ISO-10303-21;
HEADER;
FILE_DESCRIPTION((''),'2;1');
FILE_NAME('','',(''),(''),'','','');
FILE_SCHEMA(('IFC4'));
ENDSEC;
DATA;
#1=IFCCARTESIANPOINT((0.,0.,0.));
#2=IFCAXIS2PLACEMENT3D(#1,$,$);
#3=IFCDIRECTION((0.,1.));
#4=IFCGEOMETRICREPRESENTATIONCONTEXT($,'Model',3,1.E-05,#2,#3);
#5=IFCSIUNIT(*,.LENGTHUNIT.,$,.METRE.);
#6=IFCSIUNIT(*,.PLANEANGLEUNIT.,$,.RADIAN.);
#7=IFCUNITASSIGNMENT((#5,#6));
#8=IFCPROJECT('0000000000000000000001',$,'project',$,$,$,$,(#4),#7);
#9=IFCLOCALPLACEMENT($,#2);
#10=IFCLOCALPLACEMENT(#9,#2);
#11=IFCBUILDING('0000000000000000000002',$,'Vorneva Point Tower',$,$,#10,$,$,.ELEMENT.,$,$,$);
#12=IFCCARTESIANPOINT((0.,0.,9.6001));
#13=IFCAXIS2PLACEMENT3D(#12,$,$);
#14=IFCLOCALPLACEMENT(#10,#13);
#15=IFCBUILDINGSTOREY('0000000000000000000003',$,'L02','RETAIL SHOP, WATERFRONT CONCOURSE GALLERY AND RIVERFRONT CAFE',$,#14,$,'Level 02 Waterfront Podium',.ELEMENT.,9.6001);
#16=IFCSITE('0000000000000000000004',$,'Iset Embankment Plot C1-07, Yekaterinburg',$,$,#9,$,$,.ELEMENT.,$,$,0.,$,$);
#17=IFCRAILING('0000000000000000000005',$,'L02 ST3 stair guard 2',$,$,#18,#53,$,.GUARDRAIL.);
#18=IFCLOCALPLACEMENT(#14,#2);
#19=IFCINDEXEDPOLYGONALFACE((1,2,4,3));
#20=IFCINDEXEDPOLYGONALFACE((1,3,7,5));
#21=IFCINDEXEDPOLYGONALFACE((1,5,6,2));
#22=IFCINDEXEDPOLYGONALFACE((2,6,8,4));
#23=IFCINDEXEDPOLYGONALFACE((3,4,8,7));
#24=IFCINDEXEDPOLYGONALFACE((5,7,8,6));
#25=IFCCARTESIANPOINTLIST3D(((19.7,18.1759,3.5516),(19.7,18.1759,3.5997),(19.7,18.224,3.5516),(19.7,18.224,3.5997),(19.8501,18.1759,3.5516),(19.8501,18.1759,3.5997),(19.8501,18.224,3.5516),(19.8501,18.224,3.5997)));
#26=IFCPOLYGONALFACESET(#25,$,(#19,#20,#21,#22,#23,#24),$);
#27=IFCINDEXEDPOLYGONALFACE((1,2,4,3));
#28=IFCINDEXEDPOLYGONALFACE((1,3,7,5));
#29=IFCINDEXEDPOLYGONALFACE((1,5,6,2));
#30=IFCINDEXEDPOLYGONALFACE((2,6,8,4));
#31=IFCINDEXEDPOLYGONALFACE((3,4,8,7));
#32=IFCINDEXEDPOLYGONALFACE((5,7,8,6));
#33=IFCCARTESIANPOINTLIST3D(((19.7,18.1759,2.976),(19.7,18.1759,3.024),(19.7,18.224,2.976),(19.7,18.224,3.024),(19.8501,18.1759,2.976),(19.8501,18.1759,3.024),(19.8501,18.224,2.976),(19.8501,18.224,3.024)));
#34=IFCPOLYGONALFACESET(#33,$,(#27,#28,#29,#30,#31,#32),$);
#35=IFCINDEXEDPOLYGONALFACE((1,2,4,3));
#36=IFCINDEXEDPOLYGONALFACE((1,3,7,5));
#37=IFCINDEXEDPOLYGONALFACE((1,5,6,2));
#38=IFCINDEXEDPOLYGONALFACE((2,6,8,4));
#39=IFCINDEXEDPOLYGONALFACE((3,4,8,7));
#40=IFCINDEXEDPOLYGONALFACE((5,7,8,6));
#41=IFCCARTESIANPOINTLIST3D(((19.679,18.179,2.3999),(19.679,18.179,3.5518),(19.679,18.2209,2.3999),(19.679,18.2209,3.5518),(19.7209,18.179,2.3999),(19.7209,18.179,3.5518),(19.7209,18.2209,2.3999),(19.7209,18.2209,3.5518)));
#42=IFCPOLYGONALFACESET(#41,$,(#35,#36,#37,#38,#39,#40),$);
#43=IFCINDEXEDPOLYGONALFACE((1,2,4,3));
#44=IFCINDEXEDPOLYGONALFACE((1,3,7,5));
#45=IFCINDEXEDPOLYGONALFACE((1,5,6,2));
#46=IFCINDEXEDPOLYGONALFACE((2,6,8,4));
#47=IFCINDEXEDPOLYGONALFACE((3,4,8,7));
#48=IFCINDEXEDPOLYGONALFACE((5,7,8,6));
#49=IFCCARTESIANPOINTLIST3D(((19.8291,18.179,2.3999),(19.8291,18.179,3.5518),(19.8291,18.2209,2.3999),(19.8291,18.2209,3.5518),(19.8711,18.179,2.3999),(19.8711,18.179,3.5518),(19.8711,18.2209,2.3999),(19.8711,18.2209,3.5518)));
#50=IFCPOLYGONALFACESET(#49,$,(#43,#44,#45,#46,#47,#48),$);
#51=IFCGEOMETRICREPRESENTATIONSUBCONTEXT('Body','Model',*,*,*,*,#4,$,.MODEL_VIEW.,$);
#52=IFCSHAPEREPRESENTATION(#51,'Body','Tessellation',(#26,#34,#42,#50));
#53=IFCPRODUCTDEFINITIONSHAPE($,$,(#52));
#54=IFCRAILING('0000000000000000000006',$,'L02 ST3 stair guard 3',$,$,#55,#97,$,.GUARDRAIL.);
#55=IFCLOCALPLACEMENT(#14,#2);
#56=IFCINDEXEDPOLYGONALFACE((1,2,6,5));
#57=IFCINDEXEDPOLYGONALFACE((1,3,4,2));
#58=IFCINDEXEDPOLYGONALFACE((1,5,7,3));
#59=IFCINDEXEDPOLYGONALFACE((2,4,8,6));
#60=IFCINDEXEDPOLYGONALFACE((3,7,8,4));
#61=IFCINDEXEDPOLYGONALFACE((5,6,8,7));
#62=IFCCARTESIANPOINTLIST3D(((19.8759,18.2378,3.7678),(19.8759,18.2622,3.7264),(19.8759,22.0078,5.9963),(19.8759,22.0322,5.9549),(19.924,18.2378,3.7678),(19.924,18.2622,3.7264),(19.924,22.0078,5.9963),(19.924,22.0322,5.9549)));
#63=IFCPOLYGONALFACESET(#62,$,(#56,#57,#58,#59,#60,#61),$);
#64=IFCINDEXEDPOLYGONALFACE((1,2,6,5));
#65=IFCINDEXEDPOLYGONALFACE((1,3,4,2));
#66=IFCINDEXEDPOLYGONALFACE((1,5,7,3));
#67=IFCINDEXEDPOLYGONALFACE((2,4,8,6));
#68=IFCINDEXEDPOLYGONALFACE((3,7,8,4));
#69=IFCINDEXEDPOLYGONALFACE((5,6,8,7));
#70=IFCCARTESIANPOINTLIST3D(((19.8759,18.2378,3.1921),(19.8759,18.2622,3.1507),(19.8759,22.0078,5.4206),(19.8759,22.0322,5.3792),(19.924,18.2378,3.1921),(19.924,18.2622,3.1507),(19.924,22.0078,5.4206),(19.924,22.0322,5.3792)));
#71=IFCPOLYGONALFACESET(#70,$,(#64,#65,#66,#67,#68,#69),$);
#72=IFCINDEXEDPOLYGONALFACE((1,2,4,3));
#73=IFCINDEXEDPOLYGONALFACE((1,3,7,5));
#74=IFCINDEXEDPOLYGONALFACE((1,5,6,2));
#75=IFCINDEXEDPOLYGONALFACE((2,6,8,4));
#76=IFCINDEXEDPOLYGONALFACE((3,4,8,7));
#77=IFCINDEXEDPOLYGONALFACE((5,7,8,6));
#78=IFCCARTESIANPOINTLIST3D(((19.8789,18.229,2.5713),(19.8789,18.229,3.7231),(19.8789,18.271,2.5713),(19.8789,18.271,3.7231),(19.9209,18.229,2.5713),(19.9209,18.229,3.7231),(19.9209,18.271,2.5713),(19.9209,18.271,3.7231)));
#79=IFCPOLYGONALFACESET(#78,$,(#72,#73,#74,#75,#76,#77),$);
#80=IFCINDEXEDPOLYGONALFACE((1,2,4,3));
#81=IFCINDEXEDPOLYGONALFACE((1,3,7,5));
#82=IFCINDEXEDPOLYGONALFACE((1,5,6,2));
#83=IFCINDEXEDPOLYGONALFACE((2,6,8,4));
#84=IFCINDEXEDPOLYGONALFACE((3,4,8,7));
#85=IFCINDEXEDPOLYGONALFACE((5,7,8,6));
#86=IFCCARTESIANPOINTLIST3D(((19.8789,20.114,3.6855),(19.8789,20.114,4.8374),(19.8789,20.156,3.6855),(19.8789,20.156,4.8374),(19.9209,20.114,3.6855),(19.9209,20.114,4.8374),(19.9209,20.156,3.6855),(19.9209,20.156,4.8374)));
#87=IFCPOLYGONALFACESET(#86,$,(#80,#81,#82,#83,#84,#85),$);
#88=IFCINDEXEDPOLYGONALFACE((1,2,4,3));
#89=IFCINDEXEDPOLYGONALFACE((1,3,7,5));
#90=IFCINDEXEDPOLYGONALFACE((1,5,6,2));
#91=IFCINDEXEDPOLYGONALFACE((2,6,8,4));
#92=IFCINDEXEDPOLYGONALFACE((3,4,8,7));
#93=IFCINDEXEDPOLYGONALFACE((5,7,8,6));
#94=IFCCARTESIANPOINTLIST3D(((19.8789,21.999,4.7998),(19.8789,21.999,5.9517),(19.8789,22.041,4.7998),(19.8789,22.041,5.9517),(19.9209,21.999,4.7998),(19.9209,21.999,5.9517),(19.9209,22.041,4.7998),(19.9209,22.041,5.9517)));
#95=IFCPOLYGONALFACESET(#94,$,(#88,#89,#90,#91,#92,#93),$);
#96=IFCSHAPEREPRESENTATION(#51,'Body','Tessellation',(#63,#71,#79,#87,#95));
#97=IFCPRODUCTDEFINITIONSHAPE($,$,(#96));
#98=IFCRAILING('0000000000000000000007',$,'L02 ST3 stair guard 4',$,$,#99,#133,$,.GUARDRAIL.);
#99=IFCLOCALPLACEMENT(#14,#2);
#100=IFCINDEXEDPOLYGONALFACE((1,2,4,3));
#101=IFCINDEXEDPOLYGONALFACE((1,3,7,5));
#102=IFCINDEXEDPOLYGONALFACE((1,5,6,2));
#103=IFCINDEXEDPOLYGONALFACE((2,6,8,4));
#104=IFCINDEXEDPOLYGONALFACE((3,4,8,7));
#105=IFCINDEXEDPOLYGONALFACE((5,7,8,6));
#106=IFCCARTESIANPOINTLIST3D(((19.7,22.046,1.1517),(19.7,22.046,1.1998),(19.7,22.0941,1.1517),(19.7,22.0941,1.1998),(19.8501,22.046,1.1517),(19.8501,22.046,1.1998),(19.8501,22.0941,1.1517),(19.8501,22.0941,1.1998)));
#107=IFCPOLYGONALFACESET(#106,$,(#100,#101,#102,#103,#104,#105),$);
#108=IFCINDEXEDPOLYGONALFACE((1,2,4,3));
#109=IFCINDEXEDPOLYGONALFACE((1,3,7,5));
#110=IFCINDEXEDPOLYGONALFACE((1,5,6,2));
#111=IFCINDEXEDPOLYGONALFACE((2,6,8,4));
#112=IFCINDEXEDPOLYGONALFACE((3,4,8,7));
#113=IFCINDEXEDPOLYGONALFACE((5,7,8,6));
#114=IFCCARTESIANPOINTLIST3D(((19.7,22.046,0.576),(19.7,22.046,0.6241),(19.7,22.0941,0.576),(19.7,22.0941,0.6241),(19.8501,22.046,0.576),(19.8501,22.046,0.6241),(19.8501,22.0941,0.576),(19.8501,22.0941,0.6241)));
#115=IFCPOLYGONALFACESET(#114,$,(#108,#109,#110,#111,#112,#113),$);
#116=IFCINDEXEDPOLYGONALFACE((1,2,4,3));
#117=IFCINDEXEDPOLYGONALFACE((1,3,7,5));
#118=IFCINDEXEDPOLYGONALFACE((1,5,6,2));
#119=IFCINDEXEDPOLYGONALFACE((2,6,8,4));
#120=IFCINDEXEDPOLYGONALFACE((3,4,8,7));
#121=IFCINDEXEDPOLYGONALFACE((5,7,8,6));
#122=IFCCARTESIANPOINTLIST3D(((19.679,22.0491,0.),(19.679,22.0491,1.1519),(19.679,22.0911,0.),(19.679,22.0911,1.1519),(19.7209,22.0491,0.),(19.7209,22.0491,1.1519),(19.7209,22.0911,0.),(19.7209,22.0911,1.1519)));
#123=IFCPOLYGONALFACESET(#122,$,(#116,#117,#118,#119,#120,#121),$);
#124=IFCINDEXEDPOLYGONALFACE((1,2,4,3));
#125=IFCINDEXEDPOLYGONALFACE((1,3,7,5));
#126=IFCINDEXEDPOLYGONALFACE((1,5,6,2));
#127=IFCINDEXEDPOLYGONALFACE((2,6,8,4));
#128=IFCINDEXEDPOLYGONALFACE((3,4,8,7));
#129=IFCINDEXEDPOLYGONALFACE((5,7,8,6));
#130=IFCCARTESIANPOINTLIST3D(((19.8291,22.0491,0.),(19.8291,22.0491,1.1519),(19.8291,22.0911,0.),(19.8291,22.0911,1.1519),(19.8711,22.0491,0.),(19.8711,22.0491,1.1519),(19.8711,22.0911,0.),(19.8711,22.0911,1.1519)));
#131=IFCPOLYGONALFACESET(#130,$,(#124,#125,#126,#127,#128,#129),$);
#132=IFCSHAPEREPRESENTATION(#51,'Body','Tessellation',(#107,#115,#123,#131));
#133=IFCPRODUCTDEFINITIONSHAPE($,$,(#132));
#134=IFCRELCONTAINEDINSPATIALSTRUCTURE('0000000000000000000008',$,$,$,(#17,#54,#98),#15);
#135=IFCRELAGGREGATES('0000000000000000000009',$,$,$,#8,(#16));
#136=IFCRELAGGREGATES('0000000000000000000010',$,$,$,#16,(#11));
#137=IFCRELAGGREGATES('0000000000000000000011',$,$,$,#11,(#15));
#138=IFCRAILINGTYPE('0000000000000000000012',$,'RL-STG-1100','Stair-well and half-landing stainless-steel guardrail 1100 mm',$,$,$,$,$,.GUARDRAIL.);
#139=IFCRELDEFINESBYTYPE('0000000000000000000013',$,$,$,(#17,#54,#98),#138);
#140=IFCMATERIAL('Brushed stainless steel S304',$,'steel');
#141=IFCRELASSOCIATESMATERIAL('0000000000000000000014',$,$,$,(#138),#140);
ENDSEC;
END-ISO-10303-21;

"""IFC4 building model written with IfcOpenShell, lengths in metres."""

from ifc_helpers import new_model, si_unit, direction, frame, origin, origin_2d, place, context, subcontext, project, spatial, rectangle, extrude, material, type_object, element, save


model = new_model("IFC4")

# Units and contexts
model_context = context("Model", 3, precision=1e-05, world=origin(), true_north=direction((0.0, 1.0)))
body_context = subcontext(model_context, "Body", "Model", "MODEL_VIEW")
ifc_project = project(units=[si_unit("LENGTHUNIT", "METRE"), si_unit("PLANEANGLEUNIT", "RADIAN")], contexts=[model_context])

# Site, building, storey
site_placement = place(None, origin())
site = spatial("IfcSite", under=ifc_project, at=site_placement, Name="Iset Embankment Plot C1-07, Yekaterinburg", CompositionType="ELEMENT", RefElevation=0.0)
building_placement = place(site_placement, origin())
building = spatial("IfcBuilding", under=site, at=building_placement, Name="Vorneva Point Tower", CompositionType="ELEMENT")
storey_placement = place(building_placement, frame((0.0, 0.0, 9.6001)))
storey = spatial("IfcBuildingStorey", under=building, at=storey_placement, Name="L02", Description="RETAIL SHOP, WATERFRONT CONCOURSE GALLERY AND RIVERFRONT CAFE", LongName="Level 02 Waterfront Podium", CompositionType="ELEMENT", Elevation=9.6001)

# Railings
ifc_material_1 = material(Name="Brushed stainless steel S304", Category="steel")
railing_type_1 = type_object("IfcRailingType", Name="RL-STG-1100", Description="Stair-well and half-landing stainless-steel guardrail 1100 mm", PredefinedType="GUARDRAIL", material=ifc_material_1)
railing_1_placement = place(storey_placement, frame((19.7, 18.2, 2.3999)))
element("IfcRailing", 1, at=railing_1_placement, inside=storey, type_object=railing_type_1, Name="L02 ST3 stair guard 2", PredefinedType="GUARDRAIL", context=body_context, shape_type="SweptSolid", body=[
    extrude(rectangle(XDim=0.0481, YDim=0.0481, at=origin_2d()), frame((0.0, 0.0, 1.1758), z_axis=(1.0, 0.0, 0.0), x_axis=(0.0, 1.0, 0.0)), (0.0, 0.0, 1.0), 0.1501),
    extrude(rectangle(XDim=0.0481, YDim=0.0481, at=origin_2d()), frame((0.0, 0.0, 0.6001), z_axis=(1.0, 0.0, 0.0), x_axis=(0.0, 1.0, 0.0)), (0.0, 0.0, 1.0), 0.1501),
    extrude(rectangle(XDim=0.042, YDim=0.042, at=origin_2d()), origin(), (0.0, 0.0, 1.0), 1.1519),
    extrude(rectangle(XDim=0.042, YDim=0.042, at=origin_2d()), frame((0.1501, 0.0, 0.0)), (0.0, 0.0, 1.0), 1.1519),
])
railing_2_placement = place(storey_placement, frame((19.8999, 18.25, 2.5713)))
element("IfcRailing", 2, at=railing_2_placement, inside=storey, type_object=railing_type_1, Name="L02 ST3 stair guard 3", PredefinedType="GUARDRAIL", context=body_context, shape_type="SweptSolid", body=[
    extrude(rectangle(XDim=0.0481, YDim=0.0481, at=origin_2d()), frame((0.0, 0.0, 1.1758), z_axis=(0.0, 0.860849, 0.508861), x_axis=(-1.0, 0.0, 0.0)), (0.0, 0.0, 1.0), 4.3794),
    extrude(rectangle(XDim=0.0481, YDim=0.0481, at=origin_2d()), frame((0.0, 0.0, 0.6001), z_axis=(0.0, 0.860849, 0.508861), x_axis=(-1.0, 0.0, 0.0)), (0.0, 0.0, 1.0), 4.3794),
    extrude(rectangle(XDim=0.042, YDim=0.042, at=origin_2d()), origin(), (0.0, 0.0, 1.0), 1.1519),
    extrude(rectangle(XDim=0.042, YDim=0.042, at=origin_2d()), frame((0.0, 1.885, 1.1143)), (0.0, 0.0, 1.0), 1.1519),
    extrude(rectangle(XDim=0.042, YDim=0.042, at=origin_2d()), frame((0.0, 3.77, 2.2285)), (0.0, 0.0, 1.0), 1.1519),
])
railing_3_placement = place(storey_placement, frame((19.7, 22.0701, 0.0)))
element("IfcRailing", 3, at=railing_3_placement, inside=storey, type_object=railing_type_1, Name="L02 ST3 stair guard 4", PredefinedType="GUARDRAIL", context=body_context, shape_type="SweptSolid", body=[
    extrude(rectangle(XDim=0.0481, YDim=0.0481, at=origin_2d()), frame((0.0, 0.0, 1.1758), z_axis=(1.0, 0.0, 0.0), x_axis=(0.0, 1.0, 0.0)), (0.0, 0.0, 1.0), 0.1501),
    extrude(rectangle(XDim=0.0481, YDim=0.0481, at=origin_2d()), frame((0.0, 0.0, 0.6001), z_axis=(1.0, 0.0, 0.0), x_axis=(0.0, 1.0, 0.0)), (0.0, 0.0, 1.0), 0.1501),
    extrude(rectangle(XDim=0.042, YDim=0.042, at=origin_2d()), origin(), (0.0, 0.0, 1.0), 1.1519),
    extrude(rectangle(XDim=0.042, YDim=0.042, at=origin_2d()), frame((0.1501, 0.0, 0.0)), (0.0, 0.0, 1.0), 1.1519),
])

save(model, "model.ifc")
